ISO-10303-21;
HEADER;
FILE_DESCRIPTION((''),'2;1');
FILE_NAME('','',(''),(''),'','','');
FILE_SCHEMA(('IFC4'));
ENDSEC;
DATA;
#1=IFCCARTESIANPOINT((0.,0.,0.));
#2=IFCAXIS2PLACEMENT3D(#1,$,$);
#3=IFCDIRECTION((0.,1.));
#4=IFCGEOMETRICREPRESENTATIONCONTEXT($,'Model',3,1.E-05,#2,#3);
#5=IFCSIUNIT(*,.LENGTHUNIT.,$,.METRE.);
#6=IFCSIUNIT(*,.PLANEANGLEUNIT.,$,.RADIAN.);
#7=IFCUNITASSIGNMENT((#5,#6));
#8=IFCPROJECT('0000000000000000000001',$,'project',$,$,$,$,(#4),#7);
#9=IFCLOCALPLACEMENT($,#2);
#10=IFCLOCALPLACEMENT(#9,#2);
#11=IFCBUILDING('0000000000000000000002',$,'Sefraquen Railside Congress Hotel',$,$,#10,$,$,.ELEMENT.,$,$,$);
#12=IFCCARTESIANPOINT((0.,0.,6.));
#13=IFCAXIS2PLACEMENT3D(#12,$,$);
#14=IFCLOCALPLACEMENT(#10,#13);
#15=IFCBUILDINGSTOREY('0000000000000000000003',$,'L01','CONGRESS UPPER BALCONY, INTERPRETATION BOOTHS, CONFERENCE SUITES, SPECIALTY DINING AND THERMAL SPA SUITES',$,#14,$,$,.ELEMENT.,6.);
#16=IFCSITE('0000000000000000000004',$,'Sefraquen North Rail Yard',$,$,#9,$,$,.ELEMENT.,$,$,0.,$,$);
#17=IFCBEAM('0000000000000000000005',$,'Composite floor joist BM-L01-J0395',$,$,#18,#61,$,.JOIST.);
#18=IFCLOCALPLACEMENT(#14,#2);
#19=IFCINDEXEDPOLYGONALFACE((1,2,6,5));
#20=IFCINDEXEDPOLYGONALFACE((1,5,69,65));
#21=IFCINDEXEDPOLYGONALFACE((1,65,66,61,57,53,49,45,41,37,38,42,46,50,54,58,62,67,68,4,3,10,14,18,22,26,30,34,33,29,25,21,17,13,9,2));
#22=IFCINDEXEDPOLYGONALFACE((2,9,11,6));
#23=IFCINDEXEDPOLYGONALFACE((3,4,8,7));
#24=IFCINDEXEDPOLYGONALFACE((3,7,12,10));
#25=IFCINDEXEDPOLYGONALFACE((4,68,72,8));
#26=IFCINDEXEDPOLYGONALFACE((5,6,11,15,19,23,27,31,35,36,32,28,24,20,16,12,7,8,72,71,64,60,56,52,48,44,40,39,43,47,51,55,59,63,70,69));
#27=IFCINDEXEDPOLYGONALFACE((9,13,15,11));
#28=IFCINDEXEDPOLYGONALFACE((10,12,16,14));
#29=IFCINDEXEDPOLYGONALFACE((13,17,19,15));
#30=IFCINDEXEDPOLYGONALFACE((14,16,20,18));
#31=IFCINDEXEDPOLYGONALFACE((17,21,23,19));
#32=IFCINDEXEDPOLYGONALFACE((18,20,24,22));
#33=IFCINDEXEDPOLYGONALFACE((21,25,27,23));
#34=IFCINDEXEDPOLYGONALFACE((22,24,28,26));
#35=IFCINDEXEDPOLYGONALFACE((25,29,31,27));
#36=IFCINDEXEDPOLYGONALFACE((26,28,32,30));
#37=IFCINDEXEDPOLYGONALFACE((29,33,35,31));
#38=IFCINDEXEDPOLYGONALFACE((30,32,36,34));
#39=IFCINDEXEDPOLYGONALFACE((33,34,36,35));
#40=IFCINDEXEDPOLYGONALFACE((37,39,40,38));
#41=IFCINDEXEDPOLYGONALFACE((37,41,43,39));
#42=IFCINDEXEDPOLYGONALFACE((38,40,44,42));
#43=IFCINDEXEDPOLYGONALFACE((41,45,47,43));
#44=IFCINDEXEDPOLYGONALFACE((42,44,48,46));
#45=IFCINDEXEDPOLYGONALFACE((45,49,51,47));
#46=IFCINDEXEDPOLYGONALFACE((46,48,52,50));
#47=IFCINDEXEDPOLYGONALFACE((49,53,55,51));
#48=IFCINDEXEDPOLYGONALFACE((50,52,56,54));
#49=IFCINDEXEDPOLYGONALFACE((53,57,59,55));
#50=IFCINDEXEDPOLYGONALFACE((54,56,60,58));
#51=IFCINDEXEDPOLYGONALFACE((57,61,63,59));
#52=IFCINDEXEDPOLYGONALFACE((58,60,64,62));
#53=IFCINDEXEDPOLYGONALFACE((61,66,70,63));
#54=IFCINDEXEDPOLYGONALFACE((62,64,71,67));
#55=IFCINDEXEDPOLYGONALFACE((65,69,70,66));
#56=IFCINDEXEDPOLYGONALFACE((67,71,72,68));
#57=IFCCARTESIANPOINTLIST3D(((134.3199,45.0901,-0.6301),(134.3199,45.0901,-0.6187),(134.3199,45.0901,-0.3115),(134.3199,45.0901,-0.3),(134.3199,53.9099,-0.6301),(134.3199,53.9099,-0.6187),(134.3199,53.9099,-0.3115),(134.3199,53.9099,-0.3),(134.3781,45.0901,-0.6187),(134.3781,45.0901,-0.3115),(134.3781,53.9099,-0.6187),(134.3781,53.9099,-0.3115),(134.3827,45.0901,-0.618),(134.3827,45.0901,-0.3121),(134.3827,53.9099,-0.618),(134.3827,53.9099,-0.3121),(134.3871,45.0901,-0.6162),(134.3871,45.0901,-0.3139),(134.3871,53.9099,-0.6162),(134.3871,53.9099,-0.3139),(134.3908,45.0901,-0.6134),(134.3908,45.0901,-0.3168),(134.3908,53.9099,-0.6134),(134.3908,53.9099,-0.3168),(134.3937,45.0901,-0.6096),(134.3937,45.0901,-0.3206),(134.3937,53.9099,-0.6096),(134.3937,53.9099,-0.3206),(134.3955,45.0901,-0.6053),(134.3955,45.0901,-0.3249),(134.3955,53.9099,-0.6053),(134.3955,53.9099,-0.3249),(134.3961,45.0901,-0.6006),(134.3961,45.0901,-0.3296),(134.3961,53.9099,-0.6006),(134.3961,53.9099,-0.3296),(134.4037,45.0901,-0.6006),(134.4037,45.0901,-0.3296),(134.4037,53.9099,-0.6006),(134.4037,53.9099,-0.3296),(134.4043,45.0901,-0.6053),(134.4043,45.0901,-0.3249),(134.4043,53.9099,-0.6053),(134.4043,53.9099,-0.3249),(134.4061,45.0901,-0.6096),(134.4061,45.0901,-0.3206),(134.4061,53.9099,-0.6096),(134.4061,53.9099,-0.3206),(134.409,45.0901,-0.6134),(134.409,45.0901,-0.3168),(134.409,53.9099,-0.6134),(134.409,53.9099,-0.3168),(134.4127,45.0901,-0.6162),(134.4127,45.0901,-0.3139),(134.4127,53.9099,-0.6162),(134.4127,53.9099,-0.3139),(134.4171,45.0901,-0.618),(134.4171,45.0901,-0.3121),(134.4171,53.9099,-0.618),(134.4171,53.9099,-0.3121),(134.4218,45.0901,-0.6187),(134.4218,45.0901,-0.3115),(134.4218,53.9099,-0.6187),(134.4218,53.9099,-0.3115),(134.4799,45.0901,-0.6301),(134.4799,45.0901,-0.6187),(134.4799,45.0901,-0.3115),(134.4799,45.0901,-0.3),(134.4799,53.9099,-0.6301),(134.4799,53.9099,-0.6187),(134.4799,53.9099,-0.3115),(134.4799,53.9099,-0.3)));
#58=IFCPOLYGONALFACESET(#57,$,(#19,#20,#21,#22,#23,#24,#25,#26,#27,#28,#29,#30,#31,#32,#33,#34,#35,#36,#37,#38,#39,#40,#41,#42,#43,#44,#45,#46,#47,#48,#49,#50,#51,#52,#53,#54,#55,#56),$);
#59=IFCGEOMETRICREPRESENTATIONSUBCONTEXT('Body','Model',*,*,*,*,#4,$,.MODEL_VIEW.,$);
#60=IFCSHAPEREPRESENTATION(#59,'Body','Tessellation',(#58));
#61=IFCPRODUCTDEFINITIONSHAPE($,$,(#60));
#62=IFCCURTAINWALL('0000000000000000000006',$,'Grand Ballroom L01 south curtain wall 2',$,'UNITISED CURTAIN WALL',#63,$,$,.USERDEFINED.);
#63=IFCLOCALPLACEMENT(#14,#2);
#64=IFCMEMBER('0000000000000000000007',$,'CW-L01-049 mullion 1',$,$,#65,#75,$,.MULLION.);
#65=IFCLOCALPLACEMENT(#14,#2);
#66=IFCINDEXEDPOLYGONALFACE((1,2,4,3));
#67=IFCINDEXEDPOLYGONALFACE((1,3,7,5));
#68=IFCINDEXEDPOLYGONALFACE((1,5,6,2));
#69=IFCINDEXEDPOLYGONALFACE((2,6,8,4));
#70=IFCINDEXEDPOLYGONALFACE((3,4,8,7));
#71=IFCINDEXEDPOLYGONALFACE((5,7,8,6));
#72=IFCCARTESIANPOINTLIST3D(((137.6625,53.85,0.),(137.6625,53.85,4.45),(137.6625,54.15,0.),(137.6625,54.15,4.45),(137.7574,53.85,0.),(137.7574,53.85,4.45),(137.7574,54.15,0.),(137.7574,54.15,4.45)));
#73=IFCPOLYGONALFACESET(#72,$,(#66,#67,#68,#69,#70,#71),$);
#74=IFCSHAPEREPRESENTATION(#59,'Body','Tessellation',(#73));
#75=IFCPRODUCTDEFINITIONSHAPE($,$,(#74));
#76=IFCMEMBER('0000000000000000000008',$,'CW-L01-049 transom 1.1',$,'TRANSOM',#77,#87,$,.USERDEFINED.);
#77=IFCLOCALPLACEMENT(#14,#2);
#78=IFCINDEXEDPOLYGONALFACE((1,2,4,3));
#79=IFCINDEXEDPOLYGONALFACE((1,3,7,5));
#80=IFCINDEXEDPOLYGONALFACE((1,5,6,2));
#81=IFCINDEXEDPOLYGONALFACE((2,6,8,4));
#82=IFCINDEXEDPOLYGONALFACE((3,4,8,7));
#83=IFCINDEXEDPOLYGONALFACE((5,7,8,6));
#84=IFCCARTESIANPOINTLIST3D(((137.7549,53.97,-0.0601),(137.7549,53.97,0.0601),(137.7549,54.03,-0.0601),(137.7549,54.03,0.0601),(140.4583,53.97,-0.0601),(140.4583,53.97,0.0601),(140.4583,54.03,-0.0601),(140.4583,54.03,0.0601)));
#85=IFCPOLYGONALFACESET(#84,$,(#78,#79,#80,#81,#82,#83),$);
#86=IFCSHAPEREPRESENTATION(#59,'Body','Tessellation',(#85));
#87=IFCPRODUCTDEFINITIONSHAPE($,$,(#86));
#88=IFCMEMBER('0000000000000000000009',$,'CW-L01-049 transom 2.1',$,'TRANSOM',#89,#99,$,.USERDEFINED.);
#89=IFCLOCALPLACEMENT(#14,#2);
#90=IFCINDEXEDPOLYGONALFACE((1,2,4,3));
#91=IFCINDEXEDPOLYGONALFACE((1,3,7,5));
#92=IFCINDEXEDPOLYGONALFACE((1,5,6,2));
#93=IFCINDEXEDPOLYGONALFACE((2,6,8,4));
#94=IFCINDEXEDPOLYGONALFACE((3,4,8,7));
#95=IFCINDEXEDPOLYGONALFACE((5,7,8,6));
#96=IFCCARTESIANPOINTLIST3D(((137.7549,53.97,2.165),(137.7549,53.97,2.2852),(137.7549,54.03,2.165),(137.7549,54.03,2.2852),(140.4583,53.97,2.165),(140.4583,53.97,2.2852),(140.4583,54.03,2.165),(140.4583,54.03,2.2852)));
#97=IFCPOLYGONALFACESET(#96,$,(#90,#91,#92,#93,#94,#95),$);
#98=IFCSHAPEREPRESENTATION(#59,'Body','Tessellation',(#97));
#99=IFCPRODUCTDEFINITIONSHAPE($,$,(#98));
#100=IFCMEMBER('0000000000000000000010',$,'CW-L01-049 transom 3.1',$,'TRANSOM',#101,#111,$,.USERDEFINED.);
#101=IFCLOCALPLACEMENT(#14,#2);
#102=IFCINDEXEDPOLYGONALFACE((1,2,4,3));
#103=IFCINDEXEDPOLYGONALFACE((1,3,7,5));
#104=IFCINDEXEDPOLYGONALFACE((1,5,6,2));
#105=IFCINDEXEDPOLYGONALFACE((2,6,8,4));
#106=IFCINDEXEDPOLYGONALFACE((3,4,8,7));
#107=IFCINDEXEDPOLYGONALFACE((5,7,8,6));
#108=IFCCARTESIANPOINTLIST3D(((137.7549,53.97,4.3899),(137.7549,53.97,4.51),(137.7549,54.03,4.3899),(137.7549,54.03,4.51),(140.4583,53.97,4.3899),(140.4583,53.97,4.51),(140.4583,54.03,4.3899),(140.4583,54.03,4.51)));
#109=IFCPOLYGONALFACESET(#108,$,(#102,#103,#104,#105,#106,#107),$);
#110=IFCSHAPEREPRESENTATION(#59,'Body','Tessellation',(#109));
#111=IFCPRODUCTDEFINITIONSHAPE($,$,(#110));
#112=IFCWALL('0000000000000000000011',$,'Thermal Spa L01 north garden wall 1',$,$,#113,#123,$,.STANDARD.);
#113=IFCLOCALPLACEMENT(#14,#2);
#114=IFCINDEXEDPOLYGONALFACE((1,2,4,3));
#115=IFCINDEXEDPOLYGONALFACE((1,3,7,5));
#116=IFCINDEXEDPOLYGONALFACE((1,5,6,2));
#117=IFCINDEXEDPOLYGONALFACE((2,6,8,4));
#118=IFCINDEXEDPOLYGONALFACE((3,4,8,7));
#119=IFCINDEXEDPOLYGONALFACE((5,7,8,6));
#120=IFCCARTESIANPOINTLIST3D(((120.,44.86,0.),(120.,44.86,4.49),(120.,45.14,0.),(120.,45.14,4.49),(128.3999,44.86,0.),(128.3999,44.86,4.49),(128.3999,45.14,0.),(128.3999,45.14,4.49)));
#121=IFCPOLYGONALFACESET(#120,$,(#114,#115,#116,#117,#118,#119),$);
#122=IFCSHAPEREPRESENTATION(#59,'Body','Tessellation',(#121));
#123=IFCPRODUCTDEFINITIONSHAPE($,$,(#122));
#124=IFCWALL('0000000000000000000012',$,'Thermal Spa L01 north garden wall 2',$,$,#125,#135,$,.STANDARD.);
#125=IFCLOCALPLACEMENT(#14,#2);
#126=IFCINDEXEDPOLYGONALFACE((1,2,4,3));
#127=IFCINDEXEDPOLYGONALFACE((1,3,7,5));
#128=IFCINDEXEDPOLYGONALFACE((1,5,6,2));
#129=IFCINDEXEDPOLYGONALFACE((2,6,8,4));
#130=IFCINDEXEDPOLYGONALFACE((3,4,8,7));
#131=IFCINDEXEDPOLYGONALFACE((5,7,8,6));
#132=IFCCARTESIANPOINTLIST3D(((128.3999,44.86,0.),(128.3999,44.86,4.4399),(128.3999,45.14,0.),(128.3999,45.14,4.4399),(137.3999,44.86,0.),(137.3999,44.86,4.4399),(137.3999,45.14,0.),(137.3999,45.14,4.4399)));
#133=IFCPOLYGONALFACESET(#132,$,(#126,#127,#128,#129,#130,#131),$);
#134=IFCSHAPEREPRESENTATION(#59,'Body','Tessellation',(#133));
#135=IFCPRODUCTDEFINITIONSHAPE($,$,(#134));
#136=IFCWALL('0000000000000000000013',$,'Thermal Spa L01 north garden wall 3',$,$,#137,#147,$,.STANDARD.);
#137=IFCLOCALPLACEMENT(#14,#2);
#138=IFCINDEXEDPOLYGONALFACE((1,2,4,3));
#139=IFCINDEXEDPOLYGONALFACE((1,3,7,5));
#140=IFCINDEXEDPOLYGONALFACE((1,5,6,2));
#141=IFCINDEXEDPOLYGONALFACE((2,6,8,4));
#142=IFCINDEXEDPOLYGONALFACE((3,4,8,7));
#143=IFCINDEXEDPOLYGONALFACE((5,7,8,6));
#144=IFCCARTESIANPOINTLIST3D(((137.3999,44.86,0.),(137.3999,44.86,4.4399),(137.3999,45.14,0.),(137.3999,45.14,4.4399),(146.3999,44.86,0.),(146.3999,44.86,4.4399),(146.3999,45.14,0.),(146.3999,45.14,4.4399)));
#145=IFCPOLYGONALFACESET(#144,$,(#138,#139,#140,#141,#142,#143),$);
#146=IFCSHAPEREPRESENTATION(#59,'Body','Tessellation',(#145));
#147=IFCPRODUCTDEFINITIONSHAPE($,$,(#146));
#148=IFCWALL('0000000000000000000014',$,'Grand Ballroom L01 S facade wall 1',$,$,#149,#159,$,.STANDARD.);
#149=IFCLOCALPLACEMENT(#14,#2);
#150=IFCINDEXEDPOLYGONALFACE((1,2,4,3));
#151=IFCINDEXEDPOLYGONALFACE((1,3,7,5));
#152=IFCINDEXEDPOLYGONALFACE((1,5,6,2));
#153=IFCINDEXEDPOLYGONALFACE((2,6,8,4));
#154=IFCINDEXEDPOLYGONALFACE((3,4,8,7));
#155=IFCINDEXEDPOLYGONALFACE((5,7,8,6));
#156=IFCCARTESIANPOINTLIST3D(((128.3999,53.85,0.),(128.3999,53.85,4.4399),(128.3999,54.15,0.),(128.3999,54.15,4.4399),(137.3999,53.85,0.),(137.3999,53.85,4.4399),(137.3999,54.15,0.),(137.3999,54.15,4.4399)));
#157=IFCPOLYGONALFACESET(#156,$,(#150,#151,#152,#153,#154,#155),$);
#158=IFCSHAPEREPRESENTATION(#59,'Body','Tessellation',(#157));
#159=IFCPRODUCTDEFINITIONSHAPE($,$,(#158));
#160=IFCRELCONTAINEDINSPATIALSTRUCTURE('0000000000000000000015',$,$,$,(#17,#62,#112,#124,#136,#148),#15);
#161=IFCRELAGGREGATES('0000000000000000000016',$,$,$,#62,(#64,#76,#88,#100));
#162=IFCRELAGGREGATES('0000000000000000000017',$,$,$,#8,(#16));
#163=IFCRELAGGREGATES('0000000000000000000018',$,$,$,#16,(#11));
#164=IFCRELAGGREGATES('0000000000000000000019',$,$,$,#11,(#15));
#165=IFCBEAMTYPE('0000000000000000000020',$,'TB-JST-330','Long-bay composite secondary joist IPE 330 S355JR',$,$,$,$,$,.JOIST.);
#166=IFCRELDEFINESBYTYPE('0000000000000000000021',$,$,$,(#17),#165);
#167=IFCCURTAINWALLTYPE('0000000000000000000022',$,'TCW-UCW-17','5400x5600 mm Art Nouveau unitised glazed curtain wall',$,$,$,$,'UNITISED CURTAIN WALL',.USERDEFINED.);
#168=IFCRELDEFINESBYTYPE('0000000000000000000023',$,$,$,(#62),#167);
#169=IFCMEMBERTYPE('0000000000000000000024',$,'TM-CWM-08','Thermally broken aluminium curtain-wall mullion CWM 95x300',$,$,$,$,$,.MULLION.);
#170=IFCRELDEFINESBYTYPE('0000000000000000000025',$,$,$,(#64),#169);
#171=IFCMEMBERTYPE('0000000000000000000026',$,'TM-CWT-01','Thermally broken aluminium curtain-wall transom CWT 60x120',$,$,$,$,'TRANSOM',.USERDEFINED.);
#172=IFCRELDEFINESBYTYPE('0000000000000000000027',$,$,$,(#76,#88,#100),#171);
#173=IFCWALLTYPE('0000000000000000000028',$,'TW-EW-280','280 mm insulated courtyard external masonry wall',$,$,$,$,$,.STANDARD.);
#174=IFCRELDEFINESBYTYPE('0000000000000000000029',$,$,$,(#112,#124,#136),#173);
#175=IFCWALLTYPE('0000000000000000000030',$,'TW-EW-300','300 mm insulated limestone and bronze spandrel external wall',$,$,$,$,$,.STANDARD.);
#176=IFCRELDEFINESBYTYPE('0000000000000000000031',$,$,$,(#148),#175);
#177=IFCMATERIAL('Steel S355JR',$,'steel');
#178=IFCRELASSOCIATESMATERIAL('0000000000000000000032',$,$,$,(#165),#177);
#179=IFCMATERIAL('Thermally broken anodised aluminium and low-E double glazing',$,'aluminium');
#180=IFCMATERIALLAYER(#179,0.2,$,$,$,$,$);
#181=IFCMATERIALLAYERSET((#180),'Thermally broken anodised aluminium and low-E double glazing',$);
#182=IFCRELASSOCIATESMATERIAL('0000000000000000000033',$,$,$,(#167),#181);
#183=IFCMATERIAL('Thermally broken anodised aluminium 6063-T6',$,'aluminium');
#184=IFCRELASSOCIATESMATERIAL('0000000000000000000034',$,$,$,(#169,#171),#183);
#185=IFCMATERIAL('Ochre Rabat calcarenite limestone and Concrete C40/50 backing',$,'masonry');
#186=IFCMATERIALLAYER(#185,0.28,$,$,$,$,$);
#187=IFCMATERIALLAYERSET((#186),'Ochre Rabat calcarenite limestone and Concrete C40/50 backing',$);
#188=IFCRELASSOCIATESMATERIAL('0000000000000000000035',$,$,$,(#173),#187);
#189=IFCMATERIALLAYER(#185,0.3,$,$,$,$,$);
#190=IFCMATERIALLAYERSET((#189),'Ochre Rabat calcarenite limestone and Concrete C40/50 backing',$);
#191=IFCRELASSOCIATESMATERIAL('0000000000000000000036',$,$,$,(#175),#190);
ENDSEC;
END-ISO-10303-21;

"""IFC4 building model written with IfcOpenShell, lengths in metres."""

from ifc_helpers import new_model, si_unit, direction, frame, frame_2d, origin, origin_2d, place, context, subcontext, project, spatial, rectangle, i_section, extrude, material, layer, layer_set, material_profile, profile_set, type_object, element, aggregate, save


model = new_model("IFC4")

# Units and contexts
model_context = context("Model", 3, precision=1e-05, world=origin(), true_north=direction((0.0, 1.0)))
body_context = subcontext(model_context, "Body", "Model", "MODEL_VIEW")
ifc_project = project(units=[si_unit("LENGTHUNIT", "METRE"), si_unit("PLANEANGLEUNIT", "RADIAN")], contexts=[model_context])

# Site, building, storey
site_placement = place(None, origin())
site = spatial("IfcSite", under=ifc_project, at=site_placement, Name="Sefraquen North Rail Yard", CompositionType="ELEMENT", RefElevation=0.0)
building_placement = place(site_placement, origin())
building = spatial("IfcBuilding", under=site, at=building_placement, Name="Sefraquen Railside Congress Hotel", CompositionType="ELEMENT")
storey_placement = place(building_placement, frame((0.0, 0.0, 6.0)))
storey = spatial("IfcBuildingStorey", under=building, at=storey_placement, Name="L01", Description="CONGRESS UPPER BALCONY, INTERPRETATION BOOTHS, CONFERENCE SUITES, SPECIALTY DINING AND THERMAL SPA SUITES", CompositionType="ELEMENT", Elevation=6.0)

# Shared definitions
ifc_material_1 = material(Name="Steel S355JR", Category="steel")

# Beam
ifc_material_profile_1 = material_profile(ifc_material_1, i_section(OverallWidth=0.1599, OverallDepth=0.3301, WebThickness=0.0076, FlangeThickness=0.0115, FilletRadius=0.0181, at=origin_2d()), Name="IPE 330")
ifc_profile_set_1 = profile_set([ifc_material_profile_1], Name="Steel S355JR")
beam_type_1 = type_object("IfcBeamType", Name="TB-JST-330", Description="Long-bay composite secondary joist IPE 330 S355JR", PredefinedType="JOIST", material=ifc_profile_set_1)
for number, where, z_axis, x_axis, name in (
    (1, (134.3999, 45.0901, -0.4651), (0.0, 1.0, 0.0), (-1.0, 0.0, 0.0), "Composite floor joist BM-L01-J0395"),
):
    element("IfcBeam", number, at=place(storey_placement, frame(where, z_axis=z_axis, x_axis=x_axis)), inside=storey, type_object=beam_type_1, Name=name, PredefinedType="JOIST", context=body_context, shape_type="SweptSolid", body=[
        extrude(i_section(OverallWidth=0.1599, OverallDepth=0.3301, WebThickness=0.0076, FlangeThickness=0.0115, FilletRadius=0.0181, at=origin_2d()), origin(), (0.0, 0.0, 1.0), 8.8198),
    ])

# Curtain wall, members
ifc_material_2 = material(Name="Thermally broken anodised aluminium and low-E double glazing", Category="aluminium")
ifc_layer_1 = layer(ifc_material_2, 0.2)
ifc_layer_set_1 = layer_set([ifc_layer_1], Name="Thermally broken anodised aluminium and low-E double glazing")
curtain_wall_type = type_object("IfcCurtainWallType", Name="TCW-UCW-17", Description="5400x5600 mm Art Nouveau unitised glazed curtain wall", ElementType="UNITISED CURTAIN WALL", PredefinedType="USERDEFINED", material=ifc_layer_set_1)
curtain_wall_placement = place(storey_placement, origin())
curtain_wall = element("IfcCurtainWall", 2, at=curtain_wall_placement, inside=storey, type_object=curtain_wall_type, Name="Grand Ballroom L01 south curtain wall 2", ObjectType="UNITISED CURTAIN WALL", PredefinedType="USERDEFINED")
ifc_material_3 = material(Name="Thermally broken anodised aluminium 6063-T6", Category="aluminium")
ifc_material_profile_2 = material_profile(ifc_material_3, rectangle(XDim=0.095, YDim=0.3, at=origin_2d()), Name="CWM 95x300")
ifc_profile_set_2 = profile_set([ifc_material_profile_2], Name="Thermally broken anodised aluminium 6063-T6")
member_type_1 = type_object("IfcMemberType", Name="TM-CWM-08", Description="Thermally broken aluminium curtain-wall mullion CWM 95x300", PredefinedType="MULLION", material=ifc_profile_set_2)
member_1_placement = place(storey_placement, frame((137.71, 54.0, 0.0), z_axis=(0.0, 0.0, 1.0), x_axis=(1.0, 0.0, 0.0)))
member_1 = element("IfcMember", 3, at=member_1_placement, type_object=member_type_1, Name="CW-L01-049 mullion 1", PredefinedType="MULLION", context=body_context, shape_type="SweptSolid", body=[
    extrude(rectangle(XDim=0.095, YDim=0.3, at=origin_2d()), origin(), (0.0, 0.0, 1.0), 4.45),
])
ifc_material_profile_3 = material_profile(ifc_material_3, rectangle(XDim=0.0601, YDim=0.1201, at=origin_2d()), Name="CWT 60x120")
ifc_profile_set_3 = profile_set([ifc_material_profile_3], Name="Thermally broken anodised aluminium 6063-T6")
member_type_2 = type_object("IfcMemberType", Name="TM-CWT-01", Description="Thermally broken aluminium curtain-wall transom CWT 60x120", ElementType="TRANSOM", PredefinedType="USERDEFINED", material=ifc_profile_set_3)
member_2_placement = place(storey_placement, frame((137.7549, 54.0, 0.0), z_axis=(1.0, 0.0, 0.0), x_axis=(0.0, 1.0, 0.0)))
member_2 = element("IfcMember", 4, at=member_2_placement, type_object=member_type_2, Name="CW-L01-049 transom 1.1", ObjectType="TRANSOM", PredefinedType="USERDEFINED", context=body_context, shape_type="SweptSolid", body=[
    extrude(rectangle(XDim=0.0601, YDim=0.1201, at=origin_2d()), origin(), (0.0, 0.0, 1.0), 2.7034),
])
member_3_placement = place(storey_placement, frame((137.7549, 54.0, 2.2251), z_axis=(1.0, 0.0, 0.0), x_axis=(0.0, 1.0, 0.0)))
member_3 = element("IfcMember", 5, at=member_3_placement, type_object=member_type_2, Name="CW-L01-049 transom 2.1", ObjectType="TRANSOM", PredefinedType="USERDEFINED", context=body_context, shape_type="SweptSolid", body=[
    extrude(rectangle(XDim=0.0601, YDim=0.1201, at=origin_2d()), origin(), (0.0, 0.0, 1.0), 2.7034),
])
member_4_placement = place(storey_placement, frame((137.7549, 54.0, 4.45), z_axis=(1.0, 0.0, 0.0), x_axis=(0.0, 1.0, 0.0)))
member_4 = element("IfcMember", 6, at=member_4_placement, type_object=member_type_2, Name="CW-L01-049 transom 3.1", ObjectType="TRANSOM", PredefinedType="USERDEFINED", context=body_context, shape_type="SweptSolid", body=[
    extrude(rectangle(XDim=0.0601, YDim=0.1201, at=origin_2d()), origin(), (0.0, 0.0, 1.0), 2.7034),
])
aggregate(curtain_wall, [member_1, member_2, member_3, member_4])

# Walls
ifc_material_4 = material(Name="Ochre Rabat calcarenite limestone and Concrete C40/50 backing", Category="masonry")
ifc_layer_2 = layer(ifc_material_4, 0.28)
ifc_layer_set_2 = layer_set([ifc_layer_2], Name="Ochre Rabat calcarenite limestone and Concrete C40/50 backing")
wall_type_1 = type_object("IfcWallType", Name="TW-EW-280", Description="280 mm insulated courtyard external masonry wall", PredefinedType="STANDARD", material=ifc_layer_set_2)
wall_1_placement = place(storey_placement, frame((120.0, 45.0, 0.0), z_axis=(0.0, 0.0, 1.0), x_axis=(1.0, 0.0, 0.0)))
element("IfcWall", 7, at=wall_1_placement, inside=storey, type_object=wall_type_1, Name="Thermal Spa L01 north garden wall 1", PredefinedType="STANDARD", context=body_context, shape_type="SweptSolid", body=[
    extrude(rectangle(XDim=8.3999, YDim=0.28, at=frame_2d((4.2, 0.0))), origin(), (0.0, 0.0, 1.0), 4.49),
])
for number, where, z_axis, x_axis, name in (
    (8, (128.3999, 45.0, 0.0), (0.0, 0.0, 1.0), (1.0, 0.0, 0.0), "Thermal Spa L01 north garden wall 2"),
    (9, (137.3999, 45.0, 0.0), (0.0, 0.0, 1.0), (1.0, 0.0, 0.0), "Thermal Spa L01 north garden wall 3"),
):
    element("IfcWall", number, at=place(storey_placement, frame(where, z_axis=z_axis, x_axis=x_axis)), inside=storey, type_object=wall_type_1, Name=name, PredefinedType="STANDARD", context=body_context, shape_type="SweptSolid", body=[
        extrude(rectangle(XDim=9.0, YDim=0.28, at=frame_2d((4.5, 0.0))), origin(), (0.0, 0.0, 1.0), 4.4399),
    ])
ifc_layer_3 = layer(ifc_material_4, 0.3)
ifc_layer_set_3 = layer_set([ifc_layer_3], Name="Ochre Rabat calcarenite limestone and Concrete C40/50 backing")
wall_type_2 = type_object("IfcWallType", Name="TW-EW-300", Description="300 mm insulated limestone and bronze spandrel external wall", PredefinedType="STANDARD", material=ifc_layer_set_3)
wall_2_placement = place(storey_placement, frame((128.3999, 54.0, 0.0), z_axis=(0.0, 0.0, 1.0), x_axis=(1.0, 0.0, 0.0)))
element("IfcWall", 10, at=wall_2_placement, inside=storey, type_object=wall_type_2, Name="Grand Ballroom L01 S facade wall 1", PredefinedType="STANDARD", context=body_context, shape_type="SweptSolid", body=[
    extrude(rectangle(XDim=9.0, YDim=0.3, at=frame_2d((4.5, 0.0))), origin(), (0.0, 0.0, 1.0), 4.4399),
])

save(model, "model.ifc")
